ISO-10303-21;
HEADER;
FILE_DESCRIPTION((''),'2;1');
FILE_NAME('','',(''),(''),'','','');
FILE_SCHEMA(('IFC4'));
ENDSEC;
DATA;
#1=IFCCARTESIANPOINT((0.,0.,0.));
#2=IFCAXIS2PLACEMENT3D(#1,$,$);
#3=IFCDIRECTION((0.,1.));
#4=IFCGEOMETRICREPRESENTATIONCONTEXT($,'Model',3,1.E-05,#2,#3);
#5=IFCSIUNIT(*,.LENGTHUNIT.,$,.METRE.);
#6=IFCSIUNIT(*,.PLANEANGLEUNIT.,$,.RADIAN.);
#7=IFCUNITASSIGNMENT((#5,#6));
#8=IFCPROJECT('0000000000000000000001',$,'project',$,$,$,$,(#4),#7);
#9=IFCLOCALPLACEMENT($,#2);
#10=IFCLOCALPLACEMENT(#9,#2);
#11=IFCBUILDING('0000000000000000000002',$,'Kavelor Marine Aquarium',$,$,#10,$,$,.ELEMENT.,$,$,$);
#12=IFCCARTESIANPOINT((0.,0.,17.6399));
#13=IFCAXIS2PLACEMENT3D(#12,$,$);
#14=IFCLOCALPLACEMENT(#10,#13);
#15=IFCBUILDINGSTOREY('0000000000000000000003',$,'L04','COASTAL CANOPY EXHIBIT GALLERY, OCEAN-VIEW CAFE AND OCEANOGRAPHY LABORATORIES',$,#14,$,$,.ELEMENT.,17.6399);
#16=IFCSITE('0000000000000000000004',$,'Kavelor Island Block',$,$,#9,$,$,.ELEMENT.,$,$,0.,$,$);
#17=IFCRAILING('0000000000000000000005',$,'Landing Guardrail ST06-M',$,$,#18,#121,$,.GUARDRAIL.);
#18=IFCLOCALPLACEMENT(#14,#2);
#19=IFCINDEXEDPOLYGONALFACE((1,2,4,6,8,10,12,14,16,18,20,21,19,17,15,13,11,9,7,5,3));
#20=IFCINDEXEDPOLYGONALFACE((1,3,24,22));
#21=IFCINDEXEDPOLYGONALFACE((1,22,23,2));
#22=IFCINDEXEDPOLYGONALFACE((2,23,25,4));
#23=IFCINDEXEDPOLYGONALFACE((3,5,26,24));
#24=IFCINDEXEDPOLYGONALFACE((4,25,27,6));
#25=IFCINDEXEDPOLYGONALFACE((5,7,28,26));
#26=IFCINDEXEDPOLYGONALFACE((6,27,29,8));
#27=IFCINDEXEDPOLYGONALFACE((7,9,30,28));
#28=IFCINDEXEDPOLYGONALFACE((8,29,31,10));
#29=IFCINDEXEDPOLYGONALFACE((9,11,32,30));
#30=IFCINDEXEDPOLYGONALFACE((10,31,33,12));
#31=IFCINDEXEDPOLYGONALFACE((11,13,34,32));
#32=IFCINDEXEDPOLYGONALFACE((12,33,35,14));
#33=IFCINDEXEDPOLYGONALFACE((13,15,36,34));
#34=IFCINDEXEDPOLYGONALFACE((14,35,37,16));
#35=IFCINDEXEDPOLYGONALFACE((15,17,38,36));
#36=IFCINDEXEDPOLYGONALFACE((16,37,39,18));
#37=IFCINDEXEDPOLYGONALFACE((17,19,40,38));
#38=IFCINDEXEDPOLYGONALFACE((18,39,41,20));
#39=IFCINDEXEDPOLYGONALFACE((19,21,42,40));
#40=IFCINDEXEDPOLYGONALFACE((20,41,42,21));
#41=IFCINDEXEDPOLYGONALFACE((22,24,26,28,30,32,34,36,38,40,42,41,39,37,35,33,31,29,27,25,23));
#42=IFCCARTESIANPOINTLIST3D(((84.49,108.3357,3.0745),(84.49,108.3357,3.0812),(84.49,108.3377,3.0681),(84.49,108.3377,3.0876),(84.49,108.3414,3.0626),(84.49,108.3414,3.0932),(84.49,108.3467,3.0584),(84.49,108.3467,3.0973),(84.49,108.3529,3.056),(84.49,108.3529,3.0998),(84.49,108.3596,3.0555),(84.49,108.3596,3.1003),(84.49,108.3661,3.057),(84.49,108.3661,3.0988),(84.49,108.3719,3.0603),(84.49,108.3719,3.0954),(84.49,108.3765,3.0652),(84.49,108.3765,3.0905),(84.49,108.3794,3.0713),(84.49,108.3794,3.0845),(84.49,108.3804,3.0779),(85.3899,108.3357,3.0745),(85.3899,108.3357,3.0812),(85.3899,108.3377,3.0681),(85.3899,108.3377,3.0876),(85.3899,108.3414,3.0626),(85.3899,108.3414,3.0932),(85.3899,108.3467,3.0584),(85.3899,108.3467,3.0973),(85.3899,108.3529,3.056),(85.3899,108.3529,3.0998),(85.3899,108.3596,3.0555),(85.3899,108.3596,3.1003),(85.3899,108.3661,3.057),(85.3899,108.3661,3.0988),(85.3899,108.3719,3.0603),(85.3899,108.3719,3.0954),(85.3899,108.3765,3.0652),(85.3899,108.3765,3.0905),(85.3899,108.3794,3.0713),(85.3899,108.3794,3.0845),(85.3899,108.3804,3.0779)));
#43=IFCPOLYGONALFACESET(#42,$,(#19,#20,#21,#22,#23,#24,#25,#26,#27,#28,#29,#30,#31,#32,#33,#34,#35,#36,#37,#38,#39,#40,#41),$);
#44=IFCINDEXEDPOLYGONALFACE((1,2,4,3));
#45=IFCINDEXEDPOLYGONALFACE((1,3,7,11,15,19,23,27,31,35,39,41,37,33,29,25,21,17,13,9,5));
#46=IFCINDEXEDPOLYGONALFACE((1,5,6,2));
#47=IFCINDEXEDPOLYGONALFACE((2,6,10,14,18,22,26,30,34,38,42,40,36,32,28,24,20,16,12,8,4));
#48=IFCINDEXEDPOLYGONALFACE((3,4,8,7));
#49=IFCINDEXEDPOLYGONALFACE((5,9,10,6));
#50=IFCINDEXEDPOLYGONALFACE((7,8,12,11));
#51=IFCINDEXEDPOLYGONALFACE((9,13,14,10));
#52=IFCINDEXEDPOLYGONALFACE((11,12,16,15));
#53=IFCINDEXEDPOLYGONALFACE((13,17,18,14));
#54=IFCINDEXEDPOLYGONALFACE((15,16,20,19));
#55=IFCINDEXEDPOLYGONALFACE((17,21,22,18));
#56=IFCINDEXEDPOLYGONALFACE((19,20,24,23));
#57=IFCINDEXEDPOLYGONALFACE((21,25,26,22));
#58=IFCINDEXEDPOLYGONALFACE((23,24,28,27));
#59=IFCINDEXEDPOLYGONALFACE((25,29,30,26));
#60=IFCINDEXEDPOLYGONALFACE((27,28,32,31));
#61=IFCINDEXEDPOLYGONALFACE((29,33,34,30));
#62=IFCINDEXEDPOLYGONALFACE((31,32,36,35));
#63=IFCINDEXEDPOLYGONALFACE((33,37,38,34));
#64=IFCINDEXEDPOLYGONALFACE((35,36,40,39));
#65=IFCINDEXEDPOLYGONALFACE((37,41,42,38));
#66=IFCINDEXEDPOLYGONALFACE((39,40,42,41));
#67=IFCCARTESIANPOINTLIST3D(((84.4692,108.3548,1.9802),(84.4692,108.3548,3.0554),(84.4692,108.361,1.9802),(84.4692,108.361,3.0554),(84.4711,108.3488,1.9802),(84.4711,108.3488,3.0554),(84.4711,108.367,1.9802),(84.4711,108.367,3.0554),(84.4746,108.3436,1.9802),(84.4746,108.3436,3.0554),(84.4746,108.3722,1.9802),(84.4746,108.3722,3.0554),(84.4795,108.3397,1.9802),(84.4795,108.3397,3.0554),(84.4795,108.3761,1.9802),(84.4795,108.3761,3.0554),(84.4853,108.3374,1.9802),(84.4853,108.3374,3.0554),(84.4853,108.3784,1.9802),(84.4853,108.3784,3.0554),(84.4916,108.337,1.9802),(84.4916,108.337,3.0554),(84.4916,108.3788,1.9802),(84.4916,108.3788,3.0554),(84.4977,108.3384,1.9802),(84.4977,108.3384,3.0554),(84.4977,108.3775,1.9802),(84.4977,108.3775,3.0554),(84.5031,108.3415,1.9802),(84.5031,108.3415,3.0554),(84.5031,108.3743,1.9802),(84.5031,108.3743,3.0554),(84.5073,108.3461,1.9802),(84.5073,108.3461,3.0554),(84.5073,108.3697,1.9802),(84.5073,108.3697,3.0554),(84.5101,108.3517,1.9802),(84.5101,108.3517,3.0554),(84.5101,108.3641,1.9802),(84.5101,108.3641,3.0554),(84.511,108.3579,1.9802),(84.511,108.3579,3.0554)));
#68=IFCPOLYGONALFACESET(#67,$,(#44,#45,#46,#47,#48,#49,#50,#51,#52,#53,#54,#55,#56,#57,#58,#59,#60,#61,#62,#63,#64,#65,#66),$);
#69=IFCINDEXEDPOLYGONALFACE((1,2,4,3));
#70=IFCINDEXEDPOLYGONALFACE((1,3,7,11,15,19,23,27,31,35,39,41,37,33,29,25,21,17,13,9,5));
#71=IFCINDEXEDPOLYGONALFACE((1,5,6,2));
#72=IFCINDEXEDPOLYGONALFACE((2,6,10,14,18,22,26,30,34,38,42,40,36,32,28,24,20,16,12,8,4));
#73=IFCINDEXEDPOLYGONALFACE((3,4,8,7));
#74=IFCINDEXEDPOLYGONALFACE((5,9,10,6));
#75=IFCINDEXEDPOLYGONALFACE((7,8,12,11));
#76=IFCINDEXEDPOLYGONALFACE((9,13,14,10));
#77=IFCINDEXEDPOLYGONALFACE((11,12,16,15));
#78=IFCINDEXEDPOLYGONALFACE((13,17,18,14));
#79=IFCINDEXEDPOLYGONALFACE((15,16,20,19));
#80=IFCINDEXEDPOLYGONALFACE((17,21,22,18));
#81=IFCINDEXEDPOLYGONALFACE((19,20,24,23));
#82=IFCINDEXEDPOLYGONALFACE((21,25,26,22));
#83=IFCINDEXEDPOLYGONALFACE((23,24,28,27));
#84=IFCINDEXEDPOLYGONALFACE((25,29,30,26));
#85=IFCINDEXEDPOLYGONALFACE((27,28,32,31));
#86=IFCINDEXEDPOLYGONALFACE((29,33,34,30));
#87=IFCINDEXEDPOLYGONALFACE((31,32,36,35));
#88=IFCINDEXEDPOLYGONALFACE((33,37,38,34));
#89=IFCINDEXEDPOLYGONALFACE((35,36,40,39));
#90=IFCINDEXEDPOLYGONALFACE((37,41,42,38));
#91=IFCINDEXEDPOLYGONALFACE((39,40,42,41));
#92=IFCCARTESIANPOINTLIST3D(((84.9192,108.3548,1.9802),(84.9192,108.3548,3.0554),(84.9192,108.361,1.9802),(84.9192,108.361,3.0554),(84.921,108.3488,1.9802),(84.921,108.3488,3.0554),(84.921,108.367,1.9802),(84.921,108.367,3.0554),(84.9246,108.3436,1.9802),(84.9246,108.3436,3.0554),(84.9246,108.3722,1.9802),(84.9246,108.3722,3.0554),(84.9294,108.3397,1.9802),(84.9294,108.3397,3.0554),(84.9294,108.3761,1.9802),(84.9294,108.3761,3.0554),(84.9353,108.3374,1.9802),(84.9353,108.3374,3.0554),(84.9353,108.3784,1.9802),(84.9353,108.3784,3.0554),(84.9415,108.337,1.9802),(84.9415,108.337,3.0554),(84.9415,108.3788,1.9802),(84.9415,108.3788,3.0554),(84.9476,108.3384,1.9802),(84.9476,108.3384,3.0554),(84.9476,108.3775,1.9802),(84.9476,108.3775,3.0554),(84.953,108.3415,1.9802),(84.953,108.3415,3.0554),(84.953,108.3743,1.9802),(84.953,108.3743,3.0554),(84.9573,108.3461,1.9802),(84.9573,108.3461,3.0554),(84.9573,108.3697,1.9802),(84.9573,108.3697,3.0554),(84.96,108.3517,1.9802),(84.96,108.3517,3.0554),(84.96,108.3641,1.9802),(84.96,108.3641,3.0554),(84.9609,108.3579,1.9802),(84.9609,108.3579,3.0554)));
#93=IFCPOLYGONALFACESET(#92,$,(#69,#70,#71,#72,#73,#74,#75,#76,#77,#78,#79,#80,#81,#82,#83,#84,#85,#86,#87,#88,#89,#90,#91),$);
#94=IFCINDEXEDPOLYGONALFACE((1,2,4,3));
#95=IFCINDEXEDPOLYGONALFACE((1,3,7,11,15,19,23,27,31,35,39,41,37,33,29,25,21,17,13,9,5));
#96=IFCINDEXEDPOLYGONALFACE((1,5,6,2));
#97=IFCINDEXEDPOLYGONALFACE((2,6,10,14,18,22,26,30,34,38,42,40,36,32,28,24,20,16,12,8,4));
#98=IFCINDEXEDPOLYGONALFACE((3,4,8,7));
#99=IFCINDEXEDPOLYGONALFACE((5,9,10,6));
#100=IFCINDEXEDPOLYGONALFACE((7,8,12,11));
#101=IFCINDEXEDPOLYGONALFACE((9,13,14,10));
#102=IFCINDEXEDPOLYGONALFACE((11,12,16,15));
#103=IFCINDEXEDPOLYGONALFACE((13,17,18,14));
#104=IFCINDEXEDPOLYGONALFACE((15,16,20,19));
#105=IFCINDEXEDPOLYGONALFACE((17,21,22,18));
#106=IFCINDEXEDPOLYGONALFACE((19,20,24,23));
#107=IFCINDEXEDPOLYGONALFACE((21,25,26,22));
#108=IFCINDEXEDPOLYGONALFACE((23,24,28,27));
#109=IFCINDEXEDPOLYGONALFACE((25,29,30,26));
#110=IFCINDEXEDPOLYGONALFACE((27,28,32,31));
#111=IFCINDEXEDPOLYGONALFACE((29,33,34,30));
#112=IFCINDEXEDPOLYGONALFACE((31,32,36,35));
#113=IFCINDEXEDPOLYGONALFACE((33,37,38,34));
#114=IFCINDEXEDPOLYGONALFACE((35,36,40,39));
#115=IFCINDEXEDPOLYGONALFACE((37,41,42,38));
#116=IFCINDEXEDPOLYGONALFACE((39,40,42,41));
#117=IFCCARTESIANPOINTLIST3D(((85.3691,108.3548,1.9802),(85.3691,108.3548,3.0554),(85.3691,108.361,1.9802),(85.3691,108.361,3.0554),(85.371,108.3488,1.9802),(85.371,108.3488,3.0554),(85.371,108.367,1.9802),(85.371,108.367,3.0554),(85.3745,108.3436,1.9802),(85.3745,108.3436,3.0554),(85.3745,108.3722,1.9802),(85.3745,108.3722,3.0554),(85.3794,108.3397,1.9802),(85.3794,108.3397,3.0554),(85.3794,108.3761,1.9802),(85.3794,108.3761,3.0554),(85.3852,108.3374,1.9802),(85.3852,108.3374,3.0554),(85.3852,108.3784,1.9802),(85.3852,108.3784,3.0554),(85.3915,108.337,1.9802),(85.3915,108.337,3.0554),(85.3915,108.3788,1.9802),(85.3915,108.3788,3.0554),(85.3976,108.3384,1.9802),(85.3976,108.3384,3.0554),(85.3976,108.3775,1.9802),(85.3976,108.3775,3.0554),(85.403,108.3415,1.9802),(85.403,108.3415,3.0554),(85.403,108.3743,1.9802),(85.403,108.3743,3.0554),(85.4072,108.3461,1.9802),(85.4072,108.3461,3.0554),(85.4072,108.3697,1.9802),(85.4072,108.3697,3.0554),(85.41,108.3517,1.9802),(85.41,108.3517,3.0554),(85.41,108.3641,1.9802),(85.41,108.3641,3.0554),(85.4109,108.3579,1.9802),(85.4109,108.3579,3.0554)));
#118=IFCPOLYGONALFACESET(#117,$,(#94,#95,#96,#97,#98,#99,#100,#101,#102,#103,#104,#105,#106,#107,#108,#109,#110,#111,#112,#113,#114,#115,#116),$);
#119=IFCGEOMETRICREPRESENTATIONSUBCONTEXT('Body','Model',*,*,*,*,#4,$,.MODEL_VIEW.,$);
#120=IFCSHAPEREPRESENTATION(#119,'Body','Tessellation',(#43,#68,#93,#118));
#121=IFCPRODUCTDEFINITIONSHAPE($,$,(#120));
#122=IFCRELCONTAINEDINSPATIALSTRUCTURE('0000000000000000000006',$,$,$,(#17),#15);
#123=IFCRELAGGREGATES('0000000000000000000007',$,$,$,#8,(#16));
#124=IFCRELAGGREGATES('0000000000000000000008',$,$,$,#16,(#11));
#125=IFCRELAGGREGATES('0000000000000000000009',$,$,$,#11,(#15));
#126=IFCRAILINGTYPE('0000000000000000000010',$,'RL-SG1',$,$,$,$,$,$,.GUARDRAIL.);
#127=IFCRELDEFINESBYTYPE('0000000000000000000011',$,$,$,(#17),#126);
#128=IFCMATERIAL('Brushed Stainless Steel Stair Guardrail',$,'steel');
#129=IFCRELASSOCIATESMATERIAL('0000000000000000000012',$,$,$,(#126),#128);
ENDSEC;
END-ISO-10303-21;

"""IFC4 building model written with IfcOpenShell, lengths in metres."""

from ifc_helpers import new_model, si_unit, direction, frame, origin, origin_2d, place, context, subcontext, project, spatial, circle, extrude, material, type_object, element, save


model = new_model("IFC4")

# Units and contexts
model_context = context("Model", 3, precision=1e-05, world=origin(), true_north=direction((0.0, 1.0)))
body_context = subcontext(model_context, "Body", "Model", "MODEL_VIEW")
ifc_project = project(units=[si_unit("LENGTHUNIT", "METRE"), si_unit("PLANEANGLEUNIT", "RADIAN")], contexts=[model_context])

# Site, building, storey
site_placement = place(None, origin())
site = spatial("IfcSite", under=ifc_project, at=site_placement, Name="Kavelor Island Block", CompositionType="ELEMENT", RefElevation=0.0)
building_placement = place(site_placement, origin())
building = spatial("IfcBuilding", under=site, at=building_placement, Name="Kavelor Marine Aquarium", CompositionType="ELEMENT")
storey_placement = place(building_placement, frame((0.0, 0.0, 17.6399)))
storey = spatial("IfcBuildingStorey", under=building, at=storey_placement, Name="L04", Description="COASTAL CANOPY EXHIBIT GALLERY, OCEAN-VIEW CAFE AND OCEANOGRAPHY LABORATORIES", CompositionType="ELEMENT", Elevation=17.6399)

# Railing
ifc_material_1 = material(Name="Brushed Stainless Steel Stair Guardrail", Category="steel")
railing_type_1 = type_object("IfcRailingType", Name="RL-SG1", PredefinedType="GUARDRAIL", material=ifc_material_1)
railing_1_placement = place(storey_placement, frame((84.49, 108.3579, 1.9802)))
element("IfcRailing", 1, at=railing_1_placement, inside=storey, type_object=railing_type_1, Name="Landing Guardrail ST06-M", PredefinedType="GUARDRAIL", context=body_context, shape_type="SweptSolid", body=[
    extrude(circle(Radius=0.0225, at=origin_2d()), frame((0.0, 0.0, 1.0977), z_axis=(1.0, 0.0, 0.0), x_axis=(0.0, 1.0, 0.0)), (0.0, 0.0, 1.0), 0.8999),
    extrude(circle(Radius=0.021, at=origin_2d()), origin(), (0.0, 0.0, 1.0), 1.0752),
    extrude(circle(Radius=0.021, at=origin_2d()), frame((0.45, 0.0, 0.0)), (0.0, 0.0, 1.0), 1.0752),
    extrude(circle(Radius=0.021, at=origin_2d()), frame((0.8999, 0.0, 0.0)), (0.0, 0.0, 1.0), 1.0752),
])

save(model, "model.ifc")
